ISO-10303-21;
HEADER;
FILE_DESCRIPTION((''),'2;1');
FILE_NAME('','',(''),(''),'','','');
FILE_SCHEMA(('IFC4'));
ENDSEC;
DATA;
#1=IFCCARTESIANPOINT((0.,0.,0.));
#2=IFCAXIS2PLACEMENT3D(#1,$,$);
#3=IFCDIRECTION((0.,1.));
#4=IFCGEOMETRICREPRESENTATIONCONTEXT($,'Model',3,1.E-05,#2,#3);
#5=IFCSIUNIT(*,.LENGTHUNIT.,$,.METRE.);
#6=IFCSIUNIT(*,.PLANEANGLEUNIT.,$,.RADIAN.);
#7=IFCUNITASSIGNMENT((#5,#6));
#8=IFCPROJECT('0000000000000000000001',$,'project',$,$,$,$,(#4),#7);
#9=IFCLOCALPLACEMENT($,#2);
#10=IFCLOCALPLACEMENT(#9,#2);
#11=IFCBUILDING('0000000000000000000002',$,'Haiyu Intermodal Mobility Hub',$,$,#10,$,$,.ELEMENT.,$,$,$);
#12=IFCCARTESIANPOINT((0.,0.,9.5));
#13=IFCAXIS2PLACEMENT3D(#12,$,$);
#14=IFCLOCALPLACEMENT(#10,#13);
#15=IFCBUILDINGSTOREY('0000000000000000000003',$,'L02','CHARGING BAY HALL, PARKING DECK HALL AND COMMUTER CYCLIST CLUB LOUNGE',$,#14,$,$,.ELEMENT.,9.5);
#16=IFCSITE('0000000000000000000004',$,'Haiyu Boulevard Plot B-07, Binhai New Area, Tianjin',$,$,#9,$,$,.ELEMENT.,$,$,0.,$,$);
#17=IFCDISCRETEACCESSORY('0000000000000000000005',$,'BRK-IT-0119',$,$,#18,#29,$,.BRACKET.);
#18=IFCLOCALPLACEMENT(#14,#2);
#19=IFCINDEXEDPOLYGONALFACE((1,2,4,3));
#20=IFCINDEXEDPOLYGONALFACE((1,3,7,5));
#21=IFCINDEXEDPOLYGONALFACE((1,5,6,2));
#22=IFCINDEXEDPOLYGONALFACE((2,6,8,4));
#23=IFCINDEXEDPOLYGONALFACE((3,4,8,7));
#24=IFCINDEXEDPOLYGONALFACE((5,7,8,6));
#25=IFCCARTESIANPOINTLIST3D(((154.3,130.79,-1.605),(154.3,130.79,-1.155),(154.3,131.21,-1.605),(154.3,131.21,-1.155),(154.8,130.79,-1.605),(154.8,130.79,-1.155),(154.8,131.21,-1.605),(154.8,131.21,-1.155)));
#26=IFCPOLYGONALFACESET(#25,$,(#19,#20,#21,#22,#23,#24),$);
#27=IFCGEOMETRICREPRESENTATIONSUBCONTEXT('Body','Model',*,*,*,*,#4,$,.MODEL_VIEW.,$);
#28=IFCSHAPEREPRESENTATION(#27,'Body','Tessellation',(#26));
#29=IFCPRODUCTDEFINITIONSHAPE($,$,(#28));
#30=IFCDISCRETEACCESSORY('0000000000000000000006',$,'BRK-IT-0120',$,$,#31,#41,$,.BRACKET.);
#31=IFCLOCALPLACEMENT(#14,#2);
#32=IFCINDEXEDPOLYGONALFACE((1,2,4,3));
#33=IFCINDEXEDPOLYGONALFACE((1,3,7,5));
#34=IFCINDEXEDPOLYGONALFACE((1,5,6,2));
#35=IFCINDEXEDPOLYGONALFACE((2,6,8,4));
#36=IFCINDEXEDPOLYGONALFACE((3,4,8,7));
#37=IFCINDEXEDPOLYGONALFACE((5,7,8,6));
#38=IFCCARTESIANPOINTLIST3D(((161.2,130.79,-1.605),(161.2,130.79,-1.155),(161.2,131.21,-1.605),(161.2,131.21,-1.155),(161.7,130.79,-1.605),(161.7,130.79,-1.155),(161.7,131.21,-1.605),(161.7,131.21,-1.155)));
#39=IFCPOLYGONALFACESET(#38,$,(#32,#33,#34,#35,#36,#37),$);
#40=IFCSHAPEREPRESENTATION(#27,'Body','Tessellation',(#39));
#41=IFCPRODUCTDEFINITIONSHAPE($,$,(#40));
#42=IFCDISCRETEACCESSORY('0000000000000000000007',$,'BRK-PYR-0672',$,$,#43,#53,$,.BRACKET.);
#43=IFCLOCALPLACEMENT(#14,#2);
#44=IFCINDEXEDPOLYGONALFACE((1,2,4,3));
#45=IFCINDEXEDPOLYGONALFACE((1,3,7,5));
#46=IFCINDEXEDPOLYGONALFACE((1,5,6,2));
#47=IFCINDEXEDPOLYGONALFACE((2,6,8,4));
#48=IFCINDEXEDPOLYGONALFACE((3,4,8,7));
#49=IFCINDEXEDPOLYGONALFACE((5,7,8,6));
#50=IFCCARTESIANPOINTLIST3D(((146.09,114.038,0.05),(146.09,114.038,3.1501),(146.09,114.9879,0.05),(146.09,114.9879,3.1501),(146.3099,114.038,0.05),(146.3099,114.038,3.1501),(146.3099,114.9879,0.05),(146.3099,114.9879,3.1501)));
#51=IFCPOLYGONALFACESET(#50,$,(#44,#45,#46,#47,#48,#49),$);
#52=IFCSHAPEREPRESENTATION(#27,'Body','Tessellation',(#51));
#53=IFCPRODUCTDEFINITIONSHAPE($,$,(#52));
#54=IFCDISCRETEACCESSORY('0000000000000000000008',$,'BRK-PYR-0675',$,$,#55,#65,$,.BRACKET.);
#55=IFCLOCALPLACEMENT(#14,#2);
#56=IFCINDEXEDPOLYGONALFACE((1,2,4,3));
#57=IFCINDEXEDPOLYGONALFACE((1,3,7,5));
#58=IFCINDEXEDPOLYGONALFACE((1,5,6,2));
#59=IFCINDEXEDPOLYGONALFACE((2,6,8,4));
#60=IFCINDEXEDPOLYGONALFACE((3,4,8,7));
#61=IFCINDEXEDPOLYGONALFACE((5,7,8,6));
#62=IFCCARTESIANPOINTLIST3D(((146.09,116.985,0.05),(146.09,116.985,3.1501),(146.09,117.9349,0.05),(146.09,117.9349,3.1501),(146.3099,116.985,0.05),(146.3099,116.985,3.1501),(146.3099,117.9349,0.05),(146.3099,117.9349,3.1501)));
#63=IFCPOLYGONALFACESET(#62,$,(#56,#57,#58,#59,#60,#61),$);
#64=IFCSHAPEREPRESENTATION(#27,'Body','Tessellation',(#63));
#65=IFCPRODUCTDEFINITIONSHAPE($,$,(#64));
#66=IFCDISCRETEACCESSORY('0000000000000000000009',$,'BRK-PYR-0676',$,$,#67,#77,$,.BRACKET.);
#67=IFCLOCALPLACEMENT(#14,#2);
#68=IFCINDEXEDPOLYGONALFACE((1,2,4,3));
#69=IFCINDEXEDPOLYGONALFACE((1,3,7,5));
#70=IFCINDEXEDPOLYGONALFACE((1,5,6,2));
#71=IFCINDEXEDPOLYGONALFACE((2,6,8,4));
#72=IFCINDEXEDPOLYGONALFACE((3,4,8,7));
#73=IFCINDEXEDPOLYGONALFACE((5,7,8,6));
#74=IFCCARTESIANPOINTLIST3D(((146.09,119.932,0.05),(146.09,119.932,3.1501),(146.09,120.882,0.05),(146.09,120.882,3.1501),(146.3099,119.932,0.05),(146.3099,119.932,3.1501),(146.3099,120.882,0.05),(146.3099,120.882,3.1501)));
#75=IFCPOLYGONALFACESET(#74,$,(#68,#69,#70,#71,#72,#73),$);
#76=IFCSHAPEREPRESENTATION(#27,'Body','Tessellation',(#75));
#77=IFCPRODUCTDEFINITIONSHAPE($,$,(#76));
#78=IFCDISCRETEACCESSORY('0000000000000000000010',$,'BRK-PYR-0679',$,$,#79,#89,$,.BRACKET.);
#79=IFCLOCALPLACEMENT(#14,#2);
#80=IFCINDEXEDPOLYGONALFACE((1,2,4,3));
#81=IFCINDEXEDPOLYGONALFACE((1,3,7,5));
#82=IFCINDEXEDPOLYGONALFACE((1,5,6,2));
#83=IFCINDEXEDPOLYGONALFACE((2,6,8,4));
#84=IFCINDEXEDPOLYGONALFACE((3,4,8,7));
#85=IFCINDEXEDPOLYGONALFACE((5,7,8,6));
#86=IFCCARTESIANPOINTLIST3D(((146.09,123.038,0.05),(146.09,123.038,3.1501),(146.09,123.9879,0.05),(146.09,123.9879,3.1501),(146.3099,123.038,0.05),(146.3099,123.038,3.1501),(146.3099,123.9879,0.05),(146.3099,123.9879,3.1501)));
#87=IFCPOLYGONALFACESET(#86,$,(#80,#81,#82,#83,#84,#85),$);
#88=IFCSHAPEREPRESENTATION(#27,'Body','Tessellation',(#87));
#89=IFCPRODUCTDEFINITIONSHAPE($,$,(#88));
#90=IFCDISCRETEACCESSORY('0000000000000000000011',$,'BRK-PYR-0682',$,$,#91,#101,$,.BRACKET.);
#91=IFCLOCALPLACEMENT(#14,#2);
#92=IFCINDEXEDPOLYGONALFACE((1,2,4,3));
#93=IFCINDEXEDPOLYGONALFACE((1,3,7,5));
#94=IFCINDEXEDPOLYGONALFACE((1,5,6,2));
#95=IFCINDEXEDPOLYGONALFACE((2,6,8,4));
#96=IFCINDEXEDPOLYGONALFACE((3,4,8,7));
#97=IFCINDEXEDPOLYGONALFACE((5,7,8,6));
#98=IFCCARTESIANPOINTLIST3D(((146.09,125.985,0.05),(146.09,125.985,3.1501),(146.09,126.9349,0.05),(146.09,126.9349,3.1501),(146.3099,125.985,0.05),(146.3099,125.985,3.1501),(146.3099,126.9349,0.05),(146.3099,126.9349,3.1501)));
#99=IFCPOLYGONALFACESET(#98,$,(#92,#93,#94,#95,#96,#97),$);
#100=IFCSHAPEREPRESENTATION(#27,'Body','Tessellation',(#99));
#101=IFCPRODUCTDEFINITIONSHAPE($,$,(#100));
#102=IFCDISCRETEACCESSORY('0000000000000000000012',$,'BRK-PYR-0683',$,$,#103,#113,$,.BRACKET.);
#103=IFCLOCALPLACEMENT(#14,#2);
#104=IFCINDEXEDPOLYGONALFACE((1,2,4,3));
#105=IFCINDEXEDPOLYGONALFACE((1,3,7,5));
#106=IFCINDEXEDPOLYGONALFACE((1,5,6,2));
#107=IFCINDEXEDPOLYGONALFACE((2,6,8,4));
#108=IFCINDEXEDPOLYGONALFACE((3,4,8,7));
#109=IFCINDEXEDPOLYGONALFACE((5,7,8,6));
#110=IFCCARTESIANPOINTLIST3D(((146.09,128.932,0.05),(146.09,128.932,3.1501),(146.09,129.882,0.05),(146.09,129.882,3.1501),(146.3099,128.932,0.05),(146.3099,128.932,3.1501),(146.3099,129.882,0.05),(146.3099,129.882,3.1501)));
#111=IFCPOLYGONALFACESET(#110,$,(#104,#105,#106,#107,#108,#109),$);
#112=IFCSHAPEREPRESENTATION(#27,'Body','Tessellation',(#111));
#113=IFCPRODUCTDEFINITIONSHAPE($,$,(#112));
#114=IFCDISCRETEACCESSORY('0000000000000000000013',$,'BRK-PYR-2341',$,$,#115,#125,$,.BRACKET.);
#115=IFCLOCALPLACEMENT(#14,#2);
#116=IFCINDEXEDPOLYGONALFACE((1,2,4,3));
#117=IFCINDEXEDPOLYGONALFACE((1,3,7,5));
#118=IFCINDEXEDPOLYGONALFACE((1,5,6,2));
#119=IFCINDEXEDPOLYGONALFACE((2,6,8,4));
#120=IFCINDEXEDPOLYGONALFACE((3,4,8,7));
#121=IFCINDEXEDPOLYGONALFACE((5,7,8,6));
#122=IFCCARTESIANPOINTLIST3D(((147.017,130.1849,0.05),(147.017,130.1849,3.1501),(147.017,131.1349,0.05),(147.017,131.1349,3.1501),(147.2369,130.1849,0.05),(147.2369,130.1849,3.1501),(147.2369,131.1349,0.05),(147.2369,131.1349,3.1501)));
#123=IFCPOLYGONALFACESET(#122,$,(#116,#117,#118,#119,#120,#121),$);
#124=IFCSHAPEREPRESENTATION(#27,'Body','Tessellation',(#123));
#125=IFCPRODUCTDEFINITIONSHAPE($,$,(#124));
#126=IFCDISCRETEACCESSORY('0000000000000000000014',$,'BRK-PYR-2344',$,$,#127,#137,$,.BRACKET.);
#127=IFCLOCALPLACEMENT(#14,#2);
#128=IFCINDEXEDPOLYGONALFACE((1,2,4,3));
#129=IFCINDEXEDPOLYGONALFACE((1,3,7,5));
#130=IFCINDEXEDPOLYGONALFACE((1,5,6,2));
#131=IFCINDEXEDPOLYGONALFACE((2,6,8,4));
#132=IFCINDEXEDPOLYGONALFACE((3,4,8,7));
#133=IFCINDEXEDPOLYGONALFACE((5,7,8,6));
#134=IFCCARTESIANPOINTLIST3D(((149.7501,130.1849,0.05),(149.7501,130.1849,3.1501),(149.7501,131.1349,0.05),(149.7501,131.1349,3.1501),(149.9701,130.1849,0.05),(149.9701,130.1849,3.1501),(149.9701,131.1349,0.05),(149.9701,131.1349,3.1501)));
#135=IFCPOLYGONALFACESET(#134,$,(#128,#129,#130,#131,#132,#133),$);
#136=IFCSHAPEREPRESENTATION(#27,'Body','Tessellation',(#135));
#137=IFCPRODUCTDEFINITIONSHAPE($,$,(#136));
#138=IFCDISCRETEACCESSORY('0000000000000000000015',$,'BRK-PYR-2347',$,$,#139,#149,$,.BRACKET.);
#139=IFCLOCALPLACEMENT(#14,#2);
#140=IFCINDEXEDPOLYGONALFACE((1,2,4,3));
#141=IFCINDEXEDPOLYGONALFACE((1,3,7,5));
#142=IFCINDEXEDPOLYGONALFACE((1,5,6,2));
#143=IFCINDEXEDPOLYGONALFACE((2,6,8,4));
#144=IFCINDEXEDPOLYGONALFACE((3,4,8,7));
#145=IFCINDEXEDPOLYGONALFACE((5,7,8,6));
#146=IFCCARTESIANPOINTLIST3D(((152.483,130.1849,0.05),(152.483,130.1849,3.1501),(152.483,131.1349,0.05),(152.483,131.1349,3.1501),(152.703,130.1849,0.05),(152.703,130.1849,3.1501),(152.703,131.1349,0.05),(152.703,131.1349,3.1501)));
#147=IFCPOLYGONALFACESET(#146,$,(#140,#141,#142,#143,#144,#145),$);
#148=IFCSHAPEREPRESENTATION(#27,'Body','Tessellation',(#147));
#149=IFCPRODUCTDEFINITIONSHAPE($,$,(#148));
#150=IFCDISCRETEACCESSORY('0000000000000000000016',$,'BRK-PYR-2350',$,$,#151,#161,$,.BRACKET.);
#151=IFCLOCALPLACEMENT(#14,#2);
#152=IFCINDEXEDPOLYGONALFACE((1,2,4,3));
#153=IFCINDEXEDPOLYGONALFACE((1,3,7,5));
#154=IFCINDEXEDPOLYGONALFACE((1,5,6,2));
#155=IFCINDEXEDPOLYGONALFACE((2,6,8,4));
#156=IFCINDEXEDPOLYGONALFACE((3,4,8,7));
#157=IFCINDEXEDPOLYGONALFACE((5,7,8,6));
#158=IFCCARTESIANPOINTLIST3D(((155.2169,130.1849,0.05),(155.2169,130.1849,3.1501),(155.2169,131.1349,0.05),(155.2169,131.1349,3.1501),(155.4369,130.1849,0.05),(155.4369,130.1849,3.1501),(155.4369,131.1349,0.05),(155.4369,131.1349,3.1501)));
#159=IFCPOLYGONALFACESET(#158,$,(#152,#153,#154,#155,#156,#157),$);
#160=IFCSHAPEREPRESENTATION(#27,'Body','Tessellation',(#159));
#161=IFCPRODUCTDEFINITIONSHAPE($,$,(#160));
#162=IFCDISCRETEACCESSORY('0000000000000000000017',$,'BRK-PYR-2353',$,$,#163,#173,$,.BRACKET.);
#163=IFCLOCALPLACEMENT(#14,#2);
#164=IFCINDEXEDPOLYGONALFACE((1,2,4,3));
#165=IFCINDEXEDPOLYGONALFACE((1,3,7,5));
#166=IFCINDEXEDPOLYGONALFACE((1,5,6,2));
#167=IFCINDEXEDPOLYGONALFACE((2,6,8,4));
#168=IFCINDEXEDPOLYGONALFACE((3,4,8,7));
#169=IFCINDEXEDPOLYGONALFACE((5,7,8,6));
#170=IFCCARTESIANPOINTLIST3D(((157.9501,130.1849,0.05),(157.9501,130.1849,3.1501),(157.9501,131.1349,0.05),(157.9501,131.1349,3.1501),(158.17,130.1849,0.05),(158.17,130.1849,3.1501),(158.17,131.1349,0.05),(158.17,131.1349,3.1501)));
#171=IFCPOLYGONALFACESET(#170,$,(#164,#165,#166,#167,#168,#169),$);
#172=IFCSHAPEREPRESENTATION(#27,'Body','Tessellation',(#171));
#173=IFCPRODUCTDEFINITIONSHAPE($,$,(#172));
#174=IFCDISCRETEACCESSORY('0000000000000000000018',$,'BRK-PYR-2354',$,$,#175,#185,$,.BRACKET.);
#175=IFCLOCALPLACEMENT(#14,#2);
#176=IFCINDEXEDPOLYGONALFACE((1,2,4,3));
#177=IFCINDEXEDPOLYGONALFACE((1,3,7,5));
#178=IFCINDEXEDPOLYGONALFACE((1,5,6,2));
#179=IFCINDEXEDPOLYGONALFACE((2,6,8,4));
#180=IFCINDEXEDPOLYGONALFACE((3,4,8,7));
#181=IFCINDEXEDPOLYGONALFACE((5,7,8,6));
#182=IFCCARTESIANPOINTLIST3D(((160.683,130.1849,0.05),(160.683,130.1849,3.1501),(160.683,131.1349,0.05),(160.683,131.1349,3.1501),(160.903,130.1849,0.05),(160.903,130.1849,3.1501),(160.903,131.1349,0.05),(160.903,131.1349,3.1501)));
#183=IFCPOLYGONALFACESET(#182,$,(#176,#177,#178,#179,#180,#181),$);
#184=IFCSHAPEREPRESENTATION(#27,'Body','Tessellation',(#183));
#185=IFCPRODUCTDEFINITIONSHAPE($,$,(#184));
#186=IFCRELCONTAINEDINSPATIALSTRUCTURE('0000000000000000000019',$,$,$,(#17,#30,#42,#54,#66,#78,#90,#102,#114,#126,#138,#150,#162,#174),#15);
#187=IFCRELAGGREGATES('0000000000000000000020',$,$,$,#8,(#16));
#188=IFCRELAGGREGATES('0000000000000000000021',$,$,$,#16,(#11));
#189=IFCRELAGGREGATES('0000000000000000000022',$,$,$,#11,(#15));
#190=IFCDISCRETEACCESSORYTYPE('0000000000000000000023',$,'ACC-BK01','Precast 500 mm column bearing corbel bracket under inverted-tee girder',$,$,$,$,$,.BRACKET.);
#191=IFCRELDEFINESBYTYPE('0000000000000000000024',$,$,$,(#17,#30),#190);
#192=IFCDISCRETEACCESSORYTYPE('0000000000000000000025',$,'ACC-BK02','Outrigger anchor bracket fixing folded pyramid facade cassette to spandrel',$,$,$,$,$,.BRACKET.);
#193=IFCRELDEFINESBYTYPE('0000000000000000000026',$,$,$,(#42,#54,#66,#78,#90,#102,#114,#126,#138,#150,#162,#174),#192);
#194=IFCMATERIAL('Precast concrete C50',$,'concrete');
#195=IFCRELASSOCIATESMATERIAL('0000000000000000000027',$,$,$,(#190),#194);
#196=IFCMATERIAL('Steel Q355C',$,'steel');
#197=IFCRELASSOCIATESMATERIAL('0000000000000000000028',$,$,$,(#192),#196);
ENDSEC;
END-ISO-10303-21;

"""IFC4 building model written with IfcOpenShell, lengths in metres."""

from ifc_helpers import new_model, si_unit, direction, frame, origin, origin_2d, place, context, subcontext, project, spatial, rectangle, extrude, material, type_object, element, save


model = new_model("IFC4")

# Units and contexts
model_context = context("Model", 3, precision=1e-05, world=origin(), true_north=direction((0.0, 1.0)))
body_context = subcontext(model_context, "Body", "Model", "MODEL_VIEW")
ifc_project = project(units=[si_unit("LENGTHUNIT", "METRE"), si_unit("PLANEANGLEUNIT", "RADIAN")], contexts=[model_context])

# Site, building, storey
site_placement = place(None, origin())
site = spatial("IfcSite", under=ifc_project, at=site_placement, Name="Haiyu Boulevard Plot B-07, Binhai New Area, Tianjin", CompositionType="ELEMENT", RefElevation=0.0)
building_placement = place(site_placement, origin())
building = spatial("IfcBuilding", under=site, at=building_placement, Name="Haiyu Intermodal Mobility Hub", CompositionType="ELEMENT")
storey_placement = place(building_placement, frame((0.0, 0.0, 9.5)))
storey = spatial("IfcBuildingStorey", under=building, at=storey_placement, Name="L02", Description="CHARGING BAY HALL, PARKING DECK HALL AND COMMUTER CYCLIST CLUB LOUNGE", CompositionType="ELEMENT", Elevation=9.5)

# Shared definitions
ifc_material_1 = material(Name="Steel Q355C", Category="steel")

# Shared definitions
ifc_material_2 = material(Name="Precast concrete C50", Category="concrete")

# Discrete accessories
discrete_accessory_type_1 = type_object("IfcDiscreteAccessoryType", Name="ACC-BK01", Description="Precast 500 mm column bearing corbel bracket under inverted-tee girder", PredefinedType="BRACKET", material=ifc_material_2)
for number, where, z_axis, x_axis, name in (
    (1, (154.55, 131.0, -1.605), (0.0, 0.0, 1.0), (1.0, 0.0, 0.0), "BRK-IT-0119"),
    (2, (161.45, 131.0, -1.605), (0.0, 0.0, 1.0), (1.0, 0.0, 0.0), "BRK-IT-0120"),
):
    element("IfcDiscreteAccessory", number, at=place(storey_placement, frame(where, z_axis=z_axis, x_axis=x_axis)), inside=storey, type_object=discrete_accessory_type_1, Name=name, PredefinedType="BRACKET", context=body_context, shape_type="SweptSolid", body=[
        extrude(rectangle(XDim=0.5, YDim=0.4199, at=origin_2d()), origin(), (0.0, 0.0, 1.0), 0.45),
    ])
discrete_accessory_type_2 = type_object("IfcDiscreteAccessoryType", Name="ACC-BK02", Description="Outrigger anchor bracket fixing folded pyramid facade cassette to spandrel", PredefinedType="BRACKET", material=ifc_material_1)
for number, where, z_axis, x_axis, name in (
    (3, (146.2, 114.5129, 0.05), (0.0, 0.0, 1.0), (1.0, 0.0, 0.0), "BRK-PYR-0672"),
    (4, (146.2, 117.46, 0.05), (0.0, 0.0, 1.0), (1.0, 0.0, 0.0), "BRK-PYR-0675"),
    (5, (146.2, 120.407, 0.05), (0.0, 0.0, 1.0), (1.0, 0.0, 0.0), "BRK-PYR-0676"),
    (6, (146.2, 123.5129, 0.05), (0.0, 0.0, 1.0), (1.0, 0.0, 0.0), "BRK-PYR-0679"),
    (7, (146.2, 126.46, 0.05), (0.0, 0.0, 1.0), (1.0, 0.0, 0.0), "BRK-PYR-0682"),
    (8, (146.2, 129.407, 0.05), (0.0, 0.0, 1.0), (1.0, 0.0, 0.0), "BRK-PYR-0683"),
    (9, (147.127, 130.6599, 0.05), (0.0, 0.0, 1.0), (1.0, 0.0, 0.0), "BRK-PYR-2341"),
    (10, (149.8601, 130.6599, 0.05), (0.0, 0.0, 1.0), (1.0, 0.0, 0.0), "BRK-PYR-2344"),
    (11, (152.593, 130.6599, 0.05), (0.0, 0.0, 1.0), (1.0, 0.0, 0.0), "BRK-PYR-2347"),
    (12, (155.3269, 130.6599, 0.05), (0.0, 0.0, 1.0), (1.0, 0.0, 0.0), "BRK-PYR-2350"),
    (13, (158.0601, 130.6599, 0.05), (0.0, 0.0, 1.0), (1.0, 0.0, 0.0), "BRK-PYR-2353"),
    (14, (160.793, 130.6599, 0.05), (0.0, 0.0, 1.0), (1.0, 0.0, 0.0), "BRK-PYR-2354"),
):
    element("IfcDiscreteAccessory", number, at=place(storey_placement, frame(where, z_axis=z_axis, x_axis=x_axis)), inside=storey, type_object=discrete_accessory_type_2, Name=name, PredefinedType="BRACKET", context=body_context, shape_type="SweptSolid", body=[
        extrude(rectangle(XDim=0.22, YDim=0.95, at=origin_2d()), origin(), (0.0, 0.0, 1.0), 3.1001),
    ])

save(model, "model.ifc")
